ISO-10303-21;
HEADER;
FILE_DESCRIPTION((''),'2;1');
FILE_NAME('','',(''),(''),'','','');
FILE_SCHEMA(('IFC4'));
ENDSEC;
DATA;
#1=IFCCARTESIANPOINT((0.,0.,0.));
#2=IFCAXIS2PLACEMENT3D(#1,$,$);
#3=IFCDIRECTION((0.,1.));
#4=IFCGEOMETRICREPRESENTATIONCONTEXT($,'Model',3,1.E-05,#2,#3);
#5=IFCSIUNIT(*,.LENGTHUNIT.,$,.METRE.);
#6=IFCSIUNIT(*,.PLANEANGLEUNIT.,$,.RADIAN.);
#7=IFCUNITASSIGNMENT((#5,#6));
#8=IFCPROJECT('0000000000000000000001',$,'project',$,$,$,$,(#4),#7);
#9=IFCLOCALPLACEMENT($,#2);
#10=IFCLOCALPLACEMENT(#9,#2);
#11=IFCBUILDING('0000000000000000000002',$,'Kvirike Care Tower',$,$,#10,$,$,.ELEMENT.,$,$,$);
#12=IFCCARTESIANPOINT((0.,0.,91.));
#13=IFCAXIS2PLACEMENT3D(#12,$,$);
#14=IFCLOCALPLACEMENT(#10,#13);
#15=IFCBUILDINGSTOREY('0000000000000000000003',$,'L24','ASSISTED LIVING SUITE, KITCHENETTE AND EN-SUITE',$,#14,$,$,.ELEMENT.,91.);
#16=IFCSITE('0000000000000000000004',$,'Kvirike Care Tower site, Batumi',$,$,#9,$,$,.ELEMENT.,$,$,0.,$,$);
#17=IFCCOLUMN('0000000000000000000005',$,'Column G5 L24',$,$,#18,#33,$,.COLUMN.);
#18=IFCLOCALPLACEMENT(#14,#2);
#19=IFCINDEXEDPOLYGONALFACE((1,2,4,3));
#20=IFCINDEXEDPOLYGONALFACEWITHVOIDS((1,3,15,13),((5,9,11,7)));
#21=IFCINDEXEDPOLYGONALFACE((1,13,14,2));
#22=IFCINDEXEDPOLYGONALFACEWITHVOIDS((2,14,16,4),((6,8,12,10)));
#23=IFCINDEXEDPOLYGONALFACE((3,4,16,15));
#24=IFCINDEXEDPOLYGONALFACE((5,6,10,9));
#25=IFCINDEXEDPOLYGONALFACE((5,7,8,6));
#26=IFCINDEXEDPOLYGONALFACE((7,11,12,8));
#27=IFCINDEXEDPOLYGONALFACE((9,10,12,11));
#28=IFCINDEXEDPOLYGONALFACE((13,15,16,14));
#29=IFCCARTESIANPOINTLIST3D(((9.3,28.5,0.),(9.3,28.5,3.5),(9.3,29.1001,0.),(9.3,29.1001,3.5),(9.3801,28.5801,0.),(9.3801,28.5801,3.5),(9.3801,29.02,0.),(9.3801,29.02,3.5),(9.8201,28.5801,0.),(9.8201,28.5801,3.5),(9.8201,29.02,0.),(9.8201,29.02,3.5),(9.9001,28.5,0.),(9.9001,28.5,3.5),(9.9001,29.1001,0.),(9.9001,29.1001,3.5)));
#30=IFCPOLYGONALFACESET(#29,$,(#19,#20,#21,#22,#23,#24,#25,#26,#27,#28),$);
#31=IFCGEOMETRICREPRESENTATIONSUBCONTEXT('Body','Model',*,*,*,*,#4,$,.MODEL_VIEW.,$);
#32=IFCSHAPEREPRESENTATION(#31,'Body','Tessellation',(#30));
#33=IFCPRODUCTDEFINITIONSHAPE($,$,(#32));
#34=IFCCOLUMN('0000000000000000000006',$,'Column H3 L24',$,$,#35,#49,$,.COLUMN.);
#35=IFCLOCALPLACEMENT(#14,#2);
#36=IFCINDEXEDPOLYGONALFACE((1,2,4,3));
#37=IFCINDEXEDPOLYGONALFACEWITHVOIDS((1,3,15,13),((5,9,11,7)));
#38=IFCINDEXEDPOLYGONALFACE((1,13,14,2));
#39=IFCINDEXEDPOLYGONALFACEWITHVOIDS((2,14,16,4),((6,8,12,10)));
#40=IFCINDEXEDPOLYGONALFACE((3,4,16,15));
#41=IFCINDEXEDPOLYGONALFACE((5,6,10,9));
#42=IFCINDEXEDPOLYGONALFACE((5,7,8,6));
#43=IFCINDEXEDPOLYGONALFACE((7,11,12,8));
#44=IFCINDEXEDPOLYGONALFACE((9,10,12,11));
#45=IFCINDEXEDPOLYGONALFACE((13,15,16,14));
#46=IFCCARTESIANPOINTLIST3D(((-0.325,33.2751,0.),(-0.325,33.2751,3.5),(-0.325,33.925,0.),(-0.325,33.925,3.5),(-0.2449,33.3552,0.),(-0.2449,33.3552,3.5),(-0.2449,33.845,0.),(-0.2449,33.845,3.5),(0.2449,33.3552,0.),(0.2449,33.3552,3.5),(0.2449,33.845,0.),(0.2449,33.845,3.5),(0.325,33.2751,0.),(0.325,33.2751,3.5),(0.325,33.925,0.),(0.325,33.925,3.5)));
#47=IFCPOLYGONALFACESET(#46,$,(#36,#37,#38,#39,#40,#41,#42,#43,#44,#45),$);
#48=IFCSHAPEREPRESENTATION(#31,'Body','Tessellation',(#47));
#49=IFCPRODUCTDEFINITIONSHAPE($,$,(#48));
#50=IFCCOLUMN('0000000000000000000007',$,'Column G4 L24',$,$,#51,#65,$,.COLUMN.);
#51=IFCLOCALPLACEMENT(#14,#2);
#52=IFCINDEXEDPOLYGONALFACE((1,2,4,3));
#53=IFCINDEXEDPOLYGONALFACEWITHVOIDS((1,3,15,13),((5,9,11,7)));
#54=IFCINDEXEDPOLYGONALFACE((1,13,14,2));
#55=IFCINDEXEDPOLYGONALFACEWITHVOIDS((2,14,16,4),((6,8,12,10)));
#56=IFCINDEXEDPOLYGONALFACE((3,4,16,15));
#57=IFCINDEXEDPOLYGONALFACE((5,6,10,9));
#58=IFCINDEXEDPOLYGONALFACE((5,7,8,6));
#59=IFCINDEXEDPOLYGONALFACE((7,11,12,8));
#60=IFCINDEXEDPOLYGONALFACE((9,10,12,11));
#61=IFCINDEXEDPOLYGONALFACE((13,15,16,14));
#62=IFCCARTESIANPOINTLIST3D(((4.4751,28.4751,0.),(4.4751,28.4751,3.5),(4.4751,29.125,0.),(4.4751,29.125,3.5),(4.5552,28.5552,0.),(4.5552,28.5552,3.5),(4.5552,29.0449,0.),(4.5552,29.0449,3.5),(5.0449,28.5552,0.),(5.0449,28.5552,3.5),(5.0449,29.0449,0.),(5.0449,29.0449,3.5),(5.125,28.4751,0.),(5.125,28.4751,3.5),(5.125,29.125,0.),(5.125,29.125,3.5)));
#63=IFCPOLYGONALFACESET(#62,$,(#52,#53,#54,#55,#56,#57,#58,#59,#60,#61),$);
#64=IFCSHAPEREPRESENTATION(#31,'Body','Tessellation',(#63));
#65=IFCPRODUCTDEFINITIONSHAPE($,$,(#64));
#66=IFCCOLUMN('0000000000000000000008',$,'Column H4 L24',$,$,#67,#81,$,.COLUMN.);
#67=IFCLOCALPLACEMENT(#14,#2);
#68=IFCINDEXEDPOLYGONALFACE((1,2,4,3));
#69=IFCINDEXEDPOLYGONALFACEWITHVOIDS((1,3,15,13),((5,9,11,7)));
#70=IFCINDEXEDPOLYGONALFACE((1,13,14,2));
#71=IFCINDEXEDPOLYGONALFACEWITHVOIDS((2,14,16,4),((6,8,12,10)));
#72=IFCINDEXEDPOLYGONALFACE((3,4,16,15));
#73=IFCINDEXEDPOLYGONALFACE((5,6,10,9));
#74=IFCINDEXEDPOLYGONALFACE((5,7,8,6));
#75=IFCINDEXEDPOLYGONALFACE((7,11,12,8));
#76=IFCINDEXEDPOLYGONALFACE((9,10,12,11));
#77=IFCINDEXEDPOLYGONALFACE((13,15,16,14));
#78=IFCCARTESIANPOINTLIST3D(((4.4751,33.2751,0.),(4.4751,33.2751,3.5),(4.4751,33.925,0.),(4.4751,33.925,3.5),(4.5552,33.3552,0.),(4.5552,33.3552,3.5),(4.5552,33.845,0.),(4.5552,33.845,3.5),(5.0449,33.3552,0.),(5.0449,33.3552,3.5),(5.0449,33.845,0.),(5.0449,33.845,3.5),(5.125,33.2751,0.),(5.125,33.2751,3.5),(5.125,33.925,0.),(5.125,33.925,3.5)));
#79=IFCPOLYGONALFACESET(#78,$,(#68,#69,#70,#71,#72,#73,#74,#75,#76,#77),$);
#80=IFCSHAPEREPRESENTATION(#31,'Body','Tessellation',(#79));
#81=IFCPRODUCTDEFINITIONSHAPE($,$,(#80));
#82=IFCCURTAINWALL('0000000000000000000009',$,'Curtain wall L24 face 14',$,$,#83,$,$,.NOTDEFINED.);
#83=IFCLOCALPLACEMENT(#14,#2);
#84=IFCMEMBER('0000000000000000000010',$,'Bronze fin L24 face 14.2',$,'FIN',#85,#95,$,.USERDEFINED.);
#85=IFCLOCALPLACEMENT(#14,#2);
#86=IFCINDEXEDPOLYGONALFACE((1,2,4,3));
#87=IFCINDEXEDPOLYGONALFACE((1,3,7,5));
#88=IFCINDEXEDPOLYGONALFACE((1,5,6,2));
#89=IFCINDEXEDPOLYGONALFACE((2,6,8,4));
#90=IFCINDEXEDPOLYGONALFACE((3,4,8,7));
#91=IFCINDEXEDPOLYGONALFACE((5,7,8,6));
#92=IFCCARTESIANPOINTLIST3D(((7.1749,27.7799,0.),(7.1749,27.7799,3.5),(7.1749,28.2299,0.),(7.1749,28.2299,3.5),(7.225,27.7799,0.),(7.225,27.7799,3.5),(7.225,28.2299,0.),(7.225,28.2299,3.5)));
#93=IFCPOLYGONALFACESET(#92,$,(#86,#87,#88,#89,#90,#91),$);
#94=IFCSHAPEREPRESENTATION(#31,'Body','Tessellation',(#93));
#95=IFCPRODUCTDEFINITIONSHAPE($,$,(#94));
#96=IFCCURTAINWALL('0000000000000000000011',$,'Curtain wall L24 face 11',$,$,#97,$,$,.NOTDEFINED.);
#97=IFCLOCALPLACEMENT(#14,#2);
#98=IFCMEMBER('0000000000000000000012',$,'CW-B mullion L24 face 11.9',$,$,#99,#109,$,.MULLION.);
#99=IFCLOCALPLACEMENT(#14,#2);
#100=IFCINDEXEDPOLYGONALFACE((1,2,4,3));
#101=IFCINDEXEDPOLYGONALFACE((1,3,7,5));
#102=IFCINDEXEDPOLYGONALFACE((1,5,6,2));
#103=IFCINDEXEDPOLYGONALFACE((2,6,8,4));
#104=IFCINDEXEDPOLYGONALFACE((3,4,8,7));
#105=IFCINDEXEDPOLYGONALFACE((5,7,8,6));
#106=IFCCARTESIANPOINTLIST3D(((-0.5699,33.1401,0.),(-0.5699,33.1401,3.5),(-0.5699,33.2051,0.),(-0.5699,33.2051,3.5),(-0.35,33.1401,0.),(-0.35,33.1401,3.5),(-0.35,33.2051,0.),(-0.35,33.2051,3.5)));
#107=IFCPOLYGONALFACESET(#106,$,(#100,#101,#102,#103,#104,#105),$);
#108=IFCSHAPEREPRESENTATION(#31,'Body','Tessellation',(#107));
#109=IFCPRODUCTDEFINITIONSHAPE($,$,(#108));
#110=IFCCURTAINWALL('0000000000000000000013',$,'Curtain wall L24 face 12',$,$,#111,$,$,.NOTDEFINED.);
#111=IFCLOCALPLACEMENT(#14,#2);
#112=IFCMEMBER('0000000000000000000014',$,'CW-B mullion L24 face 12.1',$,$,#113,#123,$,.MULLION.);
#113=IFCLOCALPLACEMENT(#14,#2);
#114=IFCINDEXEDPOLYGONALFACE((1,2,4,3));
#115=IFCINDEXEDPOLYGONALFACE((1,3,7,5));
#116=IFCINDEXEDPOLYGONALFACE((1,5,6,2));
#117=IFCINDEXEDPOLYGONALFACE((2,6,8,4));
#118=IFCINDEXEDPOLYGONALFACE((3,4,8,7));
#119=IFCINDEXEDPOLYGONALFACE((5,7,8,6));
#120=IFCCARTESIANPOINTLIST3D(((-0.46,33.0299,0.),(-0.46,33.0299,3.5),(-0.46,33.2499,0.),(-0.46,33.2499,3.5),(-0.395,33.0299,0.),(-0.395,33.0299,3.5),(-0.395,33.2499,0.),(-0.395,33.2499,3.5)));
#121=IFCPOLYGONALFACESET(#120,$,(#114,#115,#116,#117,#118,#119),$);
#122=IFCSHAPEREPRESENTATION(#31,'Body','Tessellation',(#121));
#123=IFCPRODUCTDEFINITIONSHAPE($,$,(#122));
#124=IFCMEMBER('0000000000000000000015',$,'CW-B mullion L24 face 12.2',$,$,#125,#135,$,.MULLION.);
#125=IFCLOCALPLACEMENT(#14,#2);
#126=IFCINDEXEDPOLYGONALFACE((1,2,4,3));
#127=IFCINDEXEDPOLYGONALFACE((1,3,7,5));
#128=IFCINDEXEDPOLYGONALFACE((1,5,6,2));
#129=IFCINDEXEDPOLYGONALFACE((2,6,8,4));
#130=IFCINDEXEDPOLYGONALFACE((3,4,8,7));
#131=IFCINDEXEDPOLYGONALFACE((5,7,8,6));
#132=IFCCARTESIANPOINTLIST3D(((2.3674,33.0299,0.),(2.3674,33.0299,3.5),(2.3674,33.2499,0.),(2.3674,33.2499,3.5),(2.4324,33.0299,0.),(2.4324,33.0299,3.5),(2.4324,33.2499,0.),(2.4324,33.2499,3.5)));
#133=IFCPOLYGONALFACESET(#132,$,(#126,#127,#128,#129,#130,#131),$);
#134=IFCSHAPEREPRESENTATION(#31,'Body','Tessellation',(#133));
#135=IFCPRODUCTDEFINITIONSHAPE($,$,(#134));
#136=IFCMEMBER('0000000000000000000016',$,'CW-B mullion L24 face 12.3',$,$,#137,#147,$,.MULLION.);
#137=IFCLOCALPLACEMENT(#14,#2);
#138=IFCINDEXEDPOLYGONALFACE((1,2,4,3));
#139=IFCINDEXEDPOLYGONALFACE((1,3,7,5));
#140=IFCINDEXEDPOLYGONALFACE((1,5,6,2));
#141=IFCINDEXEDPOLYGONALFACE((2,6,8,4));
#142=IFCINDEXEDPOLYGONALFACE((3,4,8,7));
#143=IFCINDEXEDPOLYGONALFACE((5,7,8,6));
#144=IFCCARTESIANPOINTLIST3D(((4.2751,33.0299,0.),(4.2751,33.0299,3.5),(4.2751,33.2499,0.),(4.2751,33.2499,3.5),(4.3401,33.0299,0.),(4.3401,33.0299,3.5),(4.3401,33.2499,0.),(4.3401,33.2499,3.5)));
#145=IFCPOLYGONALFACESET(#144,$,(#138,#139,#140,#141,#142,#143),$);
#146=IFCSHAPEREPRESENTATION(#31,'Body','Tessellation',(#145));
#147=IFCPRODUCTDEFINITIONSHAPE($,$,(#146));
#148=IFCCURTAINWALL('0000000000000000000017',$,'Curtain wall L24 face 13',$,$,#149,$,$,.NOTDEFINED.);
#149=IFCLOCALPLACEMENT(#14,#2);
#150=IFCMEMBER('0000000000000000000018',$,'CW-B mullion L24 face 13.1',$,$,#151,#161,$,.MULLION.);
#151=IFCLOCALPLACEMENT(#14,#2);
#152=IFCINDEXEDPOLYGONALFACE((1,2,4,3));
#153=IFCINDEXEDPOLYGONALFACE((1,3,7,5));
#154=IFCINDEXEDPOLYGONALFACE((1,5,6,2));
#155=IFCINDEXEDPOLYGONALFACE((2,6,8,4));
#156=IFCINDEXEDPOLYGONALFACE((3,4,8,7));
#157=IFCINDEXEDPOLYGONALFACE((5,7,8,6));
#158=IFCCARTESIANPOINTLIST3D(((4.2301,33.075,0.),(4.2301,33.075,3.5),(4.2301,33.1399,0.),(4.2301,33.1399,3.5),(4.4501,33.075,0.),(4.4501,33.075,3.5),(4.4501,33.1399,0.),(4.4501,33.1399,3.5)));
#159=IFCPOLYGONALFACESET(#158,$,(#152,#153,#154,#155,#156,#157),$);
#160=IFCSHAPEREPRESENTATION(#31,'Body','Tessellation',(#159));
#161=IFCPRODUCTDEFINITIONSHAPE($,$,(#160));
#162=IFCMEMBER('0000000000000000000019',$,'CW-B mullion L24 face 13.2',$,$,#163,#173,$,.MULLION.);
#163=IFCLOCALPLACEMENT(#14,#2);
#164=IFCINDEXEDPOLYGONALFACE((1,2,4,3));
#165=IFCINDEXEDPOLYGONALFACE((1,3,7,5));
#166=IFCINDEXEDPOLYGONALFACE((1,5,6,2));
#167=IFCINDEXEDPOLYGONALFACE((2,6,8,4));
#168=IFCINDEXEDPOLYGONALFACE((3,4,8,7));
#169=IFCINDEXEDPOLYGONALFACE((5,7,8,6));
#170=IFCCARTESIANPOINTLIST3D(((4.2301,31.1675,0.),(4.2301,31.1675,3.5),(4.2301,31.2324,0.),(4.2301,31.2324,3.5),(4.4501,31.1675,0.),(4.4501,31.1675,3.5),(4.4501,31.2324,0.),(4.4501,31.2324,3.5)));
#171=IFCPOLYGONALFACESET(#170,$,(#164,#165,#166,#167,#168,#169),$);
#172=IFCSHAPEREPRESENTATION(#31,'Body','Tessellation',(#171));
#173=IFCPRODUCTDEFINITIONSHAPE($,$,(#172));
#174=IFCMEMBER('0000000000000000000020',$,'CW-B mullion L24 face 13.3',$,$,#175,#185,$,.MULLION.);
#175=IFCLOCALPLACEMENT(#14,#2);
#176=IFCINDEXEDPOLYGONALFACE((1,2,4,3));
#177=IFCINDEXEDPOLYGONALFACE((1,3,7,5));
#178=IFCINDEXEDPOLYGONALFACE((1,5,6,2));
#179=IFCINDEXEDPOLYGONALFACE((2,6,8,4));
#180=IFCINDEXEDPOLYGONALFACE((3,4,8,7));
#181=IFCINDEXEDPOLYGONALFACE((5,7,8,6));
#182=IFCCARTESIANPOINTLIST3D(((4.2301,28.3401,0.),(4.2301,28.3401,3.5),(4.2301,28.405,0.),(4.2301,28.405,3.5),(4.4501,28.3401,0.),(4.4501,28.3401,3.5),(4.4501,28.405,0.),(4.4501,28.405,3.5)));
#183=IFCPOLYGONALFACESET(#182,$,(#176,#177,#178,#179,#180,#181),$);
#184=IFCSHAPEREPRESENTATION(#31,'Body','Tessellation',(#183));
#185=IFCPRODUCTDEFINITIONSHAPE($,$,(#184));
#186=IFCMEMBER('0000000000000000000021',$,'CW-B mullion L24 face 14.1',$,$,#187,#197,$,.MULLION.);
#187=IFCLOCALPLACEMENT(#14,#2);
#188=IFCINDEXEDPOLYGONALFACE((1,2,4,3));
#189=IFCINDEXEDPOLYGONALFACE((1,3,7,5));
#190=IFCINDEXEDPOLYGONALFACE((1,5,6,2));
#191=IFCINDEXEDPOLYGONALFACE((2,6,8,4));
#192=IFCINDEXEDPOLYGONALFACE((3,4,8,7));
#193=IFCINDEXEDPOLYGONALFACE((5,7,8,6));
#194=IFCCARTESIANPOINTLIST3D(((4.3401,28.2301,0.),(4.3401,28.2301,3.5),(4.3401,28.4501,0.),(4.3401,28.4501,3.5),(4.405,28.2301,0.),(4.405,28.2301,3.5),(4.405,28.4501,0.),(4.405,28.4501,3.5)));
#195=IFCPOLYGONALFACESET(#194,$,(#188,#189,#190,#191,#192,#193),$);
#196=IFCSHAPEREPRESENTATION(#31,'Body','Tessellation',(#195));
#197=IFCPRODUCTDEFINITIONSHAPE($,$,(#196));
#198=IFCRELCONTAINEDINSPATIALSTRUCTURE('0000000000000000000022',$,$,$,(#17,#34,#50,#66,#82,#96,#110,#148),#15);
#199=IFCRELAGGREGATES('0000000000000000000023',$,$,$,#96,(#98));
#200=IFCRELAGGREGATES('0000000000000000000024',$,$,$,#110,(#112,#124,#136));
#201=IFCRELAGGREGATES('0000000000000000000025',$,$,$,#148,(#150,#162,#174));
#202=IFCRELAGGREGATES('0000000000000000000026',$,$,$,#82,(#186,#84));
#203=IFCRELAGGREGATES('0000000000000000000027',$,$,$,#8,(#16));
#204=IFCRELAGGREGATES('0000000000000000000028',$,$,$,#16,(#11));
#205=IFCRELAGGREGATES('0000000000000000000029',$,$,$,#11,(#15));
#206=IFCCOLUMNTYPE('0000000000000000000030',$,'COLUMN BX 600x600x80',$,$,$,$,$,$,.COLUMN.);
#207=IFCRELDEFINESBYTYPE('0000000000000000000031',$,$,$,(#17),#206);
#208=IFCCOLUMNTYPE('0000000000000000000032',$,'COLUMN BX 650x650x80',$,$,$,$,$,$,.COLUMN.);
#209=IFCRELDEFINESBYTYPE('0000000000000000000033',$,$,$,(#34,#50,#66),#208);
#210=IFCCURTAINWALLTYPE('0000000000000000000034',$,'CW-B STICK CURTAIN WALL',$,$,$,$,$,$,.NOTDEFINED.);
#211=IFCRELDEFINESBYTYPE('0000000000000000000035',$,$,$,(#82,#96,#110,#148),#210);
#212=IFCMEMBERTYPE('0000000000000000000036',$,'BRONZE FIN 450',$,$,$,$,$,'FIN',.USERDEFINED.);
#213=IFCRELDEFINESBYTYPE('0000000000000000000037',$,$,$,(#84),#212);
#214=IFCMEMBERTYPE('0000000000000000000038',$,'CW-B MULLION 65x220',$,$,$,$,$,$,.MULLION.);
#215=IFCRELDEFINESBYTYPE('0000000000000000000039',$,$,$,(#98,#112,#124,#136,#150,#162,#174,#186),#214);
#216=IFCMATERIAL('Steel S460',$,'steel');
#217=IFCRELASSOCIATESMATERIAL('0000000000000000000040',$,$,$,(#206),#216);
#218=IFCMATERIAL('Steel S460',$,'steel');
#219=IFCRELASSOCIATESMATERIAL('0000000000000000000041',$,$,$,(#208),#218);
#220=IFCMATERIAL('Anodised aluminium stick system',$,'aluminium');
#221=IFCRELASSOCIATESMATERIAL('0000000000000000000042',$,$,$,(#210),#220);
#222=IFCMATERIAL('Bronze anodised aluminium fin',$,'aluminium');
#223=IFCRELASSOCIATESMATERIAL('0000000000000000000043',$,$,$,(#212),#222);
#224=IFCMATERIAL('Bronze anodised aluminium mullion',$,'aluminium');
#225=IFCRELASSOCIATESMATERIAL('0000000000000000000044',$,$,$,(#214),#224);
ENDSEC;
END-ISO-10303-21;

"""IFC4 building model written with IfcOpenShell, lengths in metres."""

from ifc_helpers import new_model, si_unit, direction, frame, origin, origin_2d, place, context, subcontext, project, spatial, rectangle, hollow_rectangle, extrude, material, material_profile, profile_set, type_object, element, aggregate, save


model = new_model("IFC4")

# Units and contexts
model_context = context("Model", 3, precision=1e-05, world=origin(), true_north=direction((0.0, 1.0)))
body_context = subcontext(model_context, "Body", "Model", "MODEL_VIEW")
ifc_project = project(units=[si_unit("LENGTHUNIT", "METRE"), si_unit("PLANEANGLEUNIT", "RADIAN")], contexts=[model_context])

# Site, building, storey
site_placement = place(None, origin())
site = spatial("IfcSite", under=ifc_project, at=site_placement, Name="Kvirike Care Tower site, Batumi", CompositionType="ELEMENT", RefElevation=0.0)
building_placement = place(site_placement, origin())
building = spatial("IfcBuilding", under=site, at=building_placement, Name="Kvirike Care Tower", CompositionType="ELEMENT")
storey_placement = place(building_placement, frame((0.0, 0.0, 91.0)))
storey = spatial("IfcBuildingStorey", under=building, at=storey_placement, Name="L24", Description="ASSISTED LIVING SUITE, KITCHENETTE AND EN-SUITE", CompositionType="ELEMENT", Elevation=91.0)

# Columns
ifc_material_1 = material(Name="Steel S460", Category="steel")
ifc_material_profile_1 = material_profile(ifc_material_1, hollow_rectangle(XDim=0.6001, YDim=0.6001, WallThickness=0.0801, at=origin_2d()), Name="BX 600x600x80")
ifc_profile_set_1 = profile_set([ifc_material_profile_1], Name="Steel S460")
column_type_1 = type_object("IfcColumnType", Name="COLUMN BX 600x600x80", PredefinedType="COLUMN", material=ifc_profile_set_1)
column_placement = place(storey_placement, frame((9.6001, 28.8, 0.0), z_axis=(0.0, 0.0, 1.0), x_axis=(0.0, 1.0, 0.0)))
element("IfcColumn", 1, at=column_placement, inside=storey, type_object=column_type_1, Name="Column G5 L24", PredefinedType="COLUMN", context=body_context, shape_type="SweptSolid", body=[
    extrude(hollow_rectangle(XDim=0.6001, YDim=0.6001, WallThickness=0.0801, at=origin_2d()), origin(), (0.0, 0.0, 1.0), 3.5),
])
ifc_material_2 = material(Name="Steel S460", Category="steel")
ifc_material_profile_2 = material_profile(ifc_material_2, hollow_rectangle(XDim=0.6499, YDim=0.6499, WallThickness=0.0801, at=origin_2d()), Name="BX 650x650x80")
ifc_profile_set_2 = profile_set([ifc_material_profile_2], Name="Steel S460")
column_type_2 = type_object("IfcColumnType", Name="COLUMN BX 650x650x80", PredefinedType="COLUMN", material=ifc_profile_set_2)
for number, where, z_axis, x_axis, name in (
    (2, (0.0, 33.6001, 0.0), (0.0, 0.0, 1.0), (0.0, 1.0, 0.0), "Column H3 L24"),
    (3, (4.8, 28.8, 0.0), (0.0, 0.0, 1.0), (0.0, 1.0, 0.0), "Column G4 L24"),
    (4, (4.8, 33.6001, 0.0), (0.0, 0.0, 1.0), (0.0, 1.0, 0.0), "Column H4 L24"),
):
    element("IfcColumn", number, at=place(storey_placement, frame(where, z_axis=z_axis, x_axis=x_axis)), inside=storey, type_object=column_type_2, Name=name, PredefinedType="COLUMN", context=body_context, shape_type="SweptSolid", body=[
        extrude(hollow_rectangle(XDim=0.6499, YDim=0.6499, WallThickness=0.0801, at=origin_2d()), origin(), (0.0, 0.0, 1.0), 3.5),
    ])

# Curtain walls, members
ifc_material_3 = material(Name="Anodised aluminium stick system", Category="aluminium")
curtain_wall_type = type_object("IfcCurtainWallType", Name="CW-B STICK CURTAIN WALL", PredefinedType="NOTDEFINED", material=ifc_material_3)
curtain_wall_1_placement = place(storey_placement, origin())
curtain_wall_1 = element("IfcCurtainWall", 5, at=curtain_wall_1_placement, inside=storey, type_object=curtain_wall_type, Name="Curtain wall L24 face 14", PredefinedType="NOTDEFINED")
ifc_material_4 = material(Name="Bronze anodised aluminium fin", Category="aluminium")
ifc_material_profile_3 = material_profile(ifc_material_4, rectangle(XDim=0.05, YDim=0.45, at=origin_2d()), Name="BRONZE FIN 450")
ifc_profile_set_3 = profile_set([ifc_material_profile_3], Name="Bronze anodised aluminium fin")
member_type_1 = type_object("IfcMemberType", Name="BRONZE FIN 450", ElementType="FIN", PredefinedType="USERDEFINED", material=ifc_profile_set_3)
member_1_placement = place(storey_placement, frame((7.2, 28.0049, 0.0), z_axis=(0.0, 0.0, 1.0), x_axis=(1.0, 0.0, 0.0)))
member_1 = element("IfcMember", 6, at=member_1_placement, type_object=member_type_1, Name="Bronze fin L24 face 14.2", ObjectType="FIN", PredefinedType="USERDEFINED", context=body_context, shape_type="SweptSolid", body=[
    extrude(rectangle(XDim=0.05, YDim=0.45, at=origin_2d()), origin(), (0.0, 0.0, 1.0), 3.5),
])
curtain_wall_2_placement = place(storey_placement, origin())
curtain_wall_2 = element("IfcCurtainWall", 7, at=curtain_wall_2_placement, inside=storey, type_object=curtain_wall_type, Name="Curtain wall L24 face 11", PredefinedType="NOTDEFINED")
ifc_material_5 = material(Name="Bronze anodised aluminium mullion", Category="aluminium")
ifc_material_profile_4 = material_profile(ifc_material_5, rectangle(XDim=0.0649, YDim=0.22, at=origin_2d()), Name="CW-B MULLION 65x220")
ifc_profile_set_4 = profile_set([ifc_material_profile_4], Name="Bronze anodised aluminium mullion")
member_type_2 = type_object("IfcMemberType", Name="CW-B MULLION 65x220", PredefinedType="MULLION", material=ifc_profile_set_4)
member_2_placement = place(storey_placement, frame((-0.46, 33.1726, 0.0), z_axis=(0.0, 0.0, 1.0), x_axis=(0.0, -1.0, 0.0)))
member_2 = element("IfcMember", 8, at=member_2_placement, type_object=member_type_2, Name="CW-B mullion L24 face 11.9", PredefinedType="MULLION", context=body_context, shape_type="SweptSolid", body=[
    extrude(rectangle(XDim=0.0649, YDim=0.22, at=origin_2d()), origin(), (0.0, 0.0, 1.0), 3.5),
])
aggregate(curtain_wall_2, [member_2])

# Curtain walls, members
curtain_wall_3_placement = place(storey_placement, origin())
curtain_wall_3 = element("IfcCurtainWall", 9, at=curtain_wall_3_placement, inside=storey, type_object=curtain_wall_type, Name="Curtain wall L24 face 12", PredefinedType="NOTDEFINED")
member_3_placement = place(storey_placement, frame((-0.4275, 33.1399, 0.0), z_axis=(0.0, 0.0, 1.0), x_axis=(1.0, 0.0, 0.0)))
member_3 = element("IfcMember", 10, at=member_3_placement, type_object=member_type_2, Name="CW-B mullion L24 face 12.1", PredefinedType="MULLION", context=body_context, shape_type="SweptSolid", body=[
    extrude(rectangle(XDim=0.0649, YDim=0.22, at=origin_2d()), origin(), (0.0, 0.0, 1.0), 3.5),
])
member_4_placement = place(storey_placement, frame((2.3999, 33.1399, 0.0), z_axis=(0.0, 0.0, 1.0), x_axis=(1.0, 0.0, 0.0)))
member_4 = element("IfcMember", 11, at=member_4_placement, type_object=member_type_2, Name="CW-B mullion L24 face 12.2", PredefinedType="MULLION", context=body_context, shape_type="SweptSolid", body=[
    extrude(rectangle(XDim=0.0649, YDim=0.22, at=origin_2d()), origin(), (0.0, 0.0, 1.0), 3.5),
])
member_5_placement = place(storey_placement, frame((4.3076, 33.1399, 0.0), z_axis=(0.0, 0.0, 1.0), x_axis=(1.0, 0.0, 0.0)))
member_5 = element("IfcMember", 12, at=member_5_placement, type_object=member_type_2, Name="CW-B mullion L24 face 12.3", PredefinedType="MULLION", context=body_context, shape_type="SweptSolid", body=[
    extrude(rectangle(XDim=0.0649, YDim=0.22, at=origin_2d()), origin(), (0.0, 0.0, 1.0), 3.5),
])
curtain_wall_4_placement = place(storey_placement, origin())
curtain_wall_4 = element("IfcCurtainWall", 13, at=curtain_wall_4_placement, inside=storey, type_object=curtain_wall_type, Name="Curtain wall L24 face 13", PredefinedType="NOTDEFINED")
member_6_placement = place(storey_placement, frame((4.3401, 33.1074, 0.0), z_axis=(0.0, 0.0, 1.0), x_axis=(0.0, -1.0, 0.0)))
member_6 = element("IfcMember", 14, at=member_6_placement, type_object=member_type_2, Name="CW-B mullion L24 face 13.1", PredefinedType="MULLION", context=body_context, shape_type="SweptSolid", body=[
    extrude(rectangle(XDim=0.0649, YDim=0.22, at=origin_2d()), origin(), (0.0, 0.0, 1.0), 3.5),
])
member_7_placement = place(storey_placement, frame((4.3401, 31.2, 0.0), z_axis=(0.0, 0.0, 1.0), x_axis=(0.0, -1.0, 0.0)))
member_7 = element("IfcMember", 15, at=member_7_placement, type_object=member_type_2, Name="CW-B mullion L24 face 13.2", PredefinedType="MULLION", context=body_context, shape_type="SweptSolid", body=[
    extrude(rectangle(XDim=0.0649, YDim=0.22, at=origin_2d()), origin(), (0.0, 0.0, 1.0), 3.5),
])
member_8_placement = place(storey_placement, frame((4.3401, 28.3726, 0.0), z_axis=(0.0, 0.0, 1.0), x_axis=(0.0, -1.0, 0.0)))
member_8 = element("IfcMember", 16, at=member_8_placement, type_object=member_type_2, Name="CW-B mullion L24 face 13.3", PredefinedType="MULLION", context=body_context, shape_type="SweptSolid", body=[
    extrude(rectangle(XDim=0.0649, YDim=0.22, at=origin_2d()), origin(), (0.0, 0.0, 1.0), 3.5),
])

# Member
member_9_placement = place(storey_placement, frame((4.3726, 28.3401, 0.0), z_axis=(0.0, 0.0, 1.0), x_axis=(1.0, 0.0, 0.0)))
member_9 = element("IfcMember", 17, at=member_9_placement, type_object=member_type_2, Name="CW-B mullion L24 face 14.1", PredefinedType="MULLION", context=body_context, shape_type="SweptSolid", body=[
    extrude(rectangle(XDim=0.0649, YDim=0.22, at=origin_2d()), origin(), (0.0, 0.0, 1.0), 3.5),
])

aggregate(curtain_wall_3, [member_3, member_4, member_5])
aggregate(curtain_wall_4, [member_6, member_7, member_8])
aggregate(curtain_wall_1, [member_9, member_1])

save(model, "model.ifc")
